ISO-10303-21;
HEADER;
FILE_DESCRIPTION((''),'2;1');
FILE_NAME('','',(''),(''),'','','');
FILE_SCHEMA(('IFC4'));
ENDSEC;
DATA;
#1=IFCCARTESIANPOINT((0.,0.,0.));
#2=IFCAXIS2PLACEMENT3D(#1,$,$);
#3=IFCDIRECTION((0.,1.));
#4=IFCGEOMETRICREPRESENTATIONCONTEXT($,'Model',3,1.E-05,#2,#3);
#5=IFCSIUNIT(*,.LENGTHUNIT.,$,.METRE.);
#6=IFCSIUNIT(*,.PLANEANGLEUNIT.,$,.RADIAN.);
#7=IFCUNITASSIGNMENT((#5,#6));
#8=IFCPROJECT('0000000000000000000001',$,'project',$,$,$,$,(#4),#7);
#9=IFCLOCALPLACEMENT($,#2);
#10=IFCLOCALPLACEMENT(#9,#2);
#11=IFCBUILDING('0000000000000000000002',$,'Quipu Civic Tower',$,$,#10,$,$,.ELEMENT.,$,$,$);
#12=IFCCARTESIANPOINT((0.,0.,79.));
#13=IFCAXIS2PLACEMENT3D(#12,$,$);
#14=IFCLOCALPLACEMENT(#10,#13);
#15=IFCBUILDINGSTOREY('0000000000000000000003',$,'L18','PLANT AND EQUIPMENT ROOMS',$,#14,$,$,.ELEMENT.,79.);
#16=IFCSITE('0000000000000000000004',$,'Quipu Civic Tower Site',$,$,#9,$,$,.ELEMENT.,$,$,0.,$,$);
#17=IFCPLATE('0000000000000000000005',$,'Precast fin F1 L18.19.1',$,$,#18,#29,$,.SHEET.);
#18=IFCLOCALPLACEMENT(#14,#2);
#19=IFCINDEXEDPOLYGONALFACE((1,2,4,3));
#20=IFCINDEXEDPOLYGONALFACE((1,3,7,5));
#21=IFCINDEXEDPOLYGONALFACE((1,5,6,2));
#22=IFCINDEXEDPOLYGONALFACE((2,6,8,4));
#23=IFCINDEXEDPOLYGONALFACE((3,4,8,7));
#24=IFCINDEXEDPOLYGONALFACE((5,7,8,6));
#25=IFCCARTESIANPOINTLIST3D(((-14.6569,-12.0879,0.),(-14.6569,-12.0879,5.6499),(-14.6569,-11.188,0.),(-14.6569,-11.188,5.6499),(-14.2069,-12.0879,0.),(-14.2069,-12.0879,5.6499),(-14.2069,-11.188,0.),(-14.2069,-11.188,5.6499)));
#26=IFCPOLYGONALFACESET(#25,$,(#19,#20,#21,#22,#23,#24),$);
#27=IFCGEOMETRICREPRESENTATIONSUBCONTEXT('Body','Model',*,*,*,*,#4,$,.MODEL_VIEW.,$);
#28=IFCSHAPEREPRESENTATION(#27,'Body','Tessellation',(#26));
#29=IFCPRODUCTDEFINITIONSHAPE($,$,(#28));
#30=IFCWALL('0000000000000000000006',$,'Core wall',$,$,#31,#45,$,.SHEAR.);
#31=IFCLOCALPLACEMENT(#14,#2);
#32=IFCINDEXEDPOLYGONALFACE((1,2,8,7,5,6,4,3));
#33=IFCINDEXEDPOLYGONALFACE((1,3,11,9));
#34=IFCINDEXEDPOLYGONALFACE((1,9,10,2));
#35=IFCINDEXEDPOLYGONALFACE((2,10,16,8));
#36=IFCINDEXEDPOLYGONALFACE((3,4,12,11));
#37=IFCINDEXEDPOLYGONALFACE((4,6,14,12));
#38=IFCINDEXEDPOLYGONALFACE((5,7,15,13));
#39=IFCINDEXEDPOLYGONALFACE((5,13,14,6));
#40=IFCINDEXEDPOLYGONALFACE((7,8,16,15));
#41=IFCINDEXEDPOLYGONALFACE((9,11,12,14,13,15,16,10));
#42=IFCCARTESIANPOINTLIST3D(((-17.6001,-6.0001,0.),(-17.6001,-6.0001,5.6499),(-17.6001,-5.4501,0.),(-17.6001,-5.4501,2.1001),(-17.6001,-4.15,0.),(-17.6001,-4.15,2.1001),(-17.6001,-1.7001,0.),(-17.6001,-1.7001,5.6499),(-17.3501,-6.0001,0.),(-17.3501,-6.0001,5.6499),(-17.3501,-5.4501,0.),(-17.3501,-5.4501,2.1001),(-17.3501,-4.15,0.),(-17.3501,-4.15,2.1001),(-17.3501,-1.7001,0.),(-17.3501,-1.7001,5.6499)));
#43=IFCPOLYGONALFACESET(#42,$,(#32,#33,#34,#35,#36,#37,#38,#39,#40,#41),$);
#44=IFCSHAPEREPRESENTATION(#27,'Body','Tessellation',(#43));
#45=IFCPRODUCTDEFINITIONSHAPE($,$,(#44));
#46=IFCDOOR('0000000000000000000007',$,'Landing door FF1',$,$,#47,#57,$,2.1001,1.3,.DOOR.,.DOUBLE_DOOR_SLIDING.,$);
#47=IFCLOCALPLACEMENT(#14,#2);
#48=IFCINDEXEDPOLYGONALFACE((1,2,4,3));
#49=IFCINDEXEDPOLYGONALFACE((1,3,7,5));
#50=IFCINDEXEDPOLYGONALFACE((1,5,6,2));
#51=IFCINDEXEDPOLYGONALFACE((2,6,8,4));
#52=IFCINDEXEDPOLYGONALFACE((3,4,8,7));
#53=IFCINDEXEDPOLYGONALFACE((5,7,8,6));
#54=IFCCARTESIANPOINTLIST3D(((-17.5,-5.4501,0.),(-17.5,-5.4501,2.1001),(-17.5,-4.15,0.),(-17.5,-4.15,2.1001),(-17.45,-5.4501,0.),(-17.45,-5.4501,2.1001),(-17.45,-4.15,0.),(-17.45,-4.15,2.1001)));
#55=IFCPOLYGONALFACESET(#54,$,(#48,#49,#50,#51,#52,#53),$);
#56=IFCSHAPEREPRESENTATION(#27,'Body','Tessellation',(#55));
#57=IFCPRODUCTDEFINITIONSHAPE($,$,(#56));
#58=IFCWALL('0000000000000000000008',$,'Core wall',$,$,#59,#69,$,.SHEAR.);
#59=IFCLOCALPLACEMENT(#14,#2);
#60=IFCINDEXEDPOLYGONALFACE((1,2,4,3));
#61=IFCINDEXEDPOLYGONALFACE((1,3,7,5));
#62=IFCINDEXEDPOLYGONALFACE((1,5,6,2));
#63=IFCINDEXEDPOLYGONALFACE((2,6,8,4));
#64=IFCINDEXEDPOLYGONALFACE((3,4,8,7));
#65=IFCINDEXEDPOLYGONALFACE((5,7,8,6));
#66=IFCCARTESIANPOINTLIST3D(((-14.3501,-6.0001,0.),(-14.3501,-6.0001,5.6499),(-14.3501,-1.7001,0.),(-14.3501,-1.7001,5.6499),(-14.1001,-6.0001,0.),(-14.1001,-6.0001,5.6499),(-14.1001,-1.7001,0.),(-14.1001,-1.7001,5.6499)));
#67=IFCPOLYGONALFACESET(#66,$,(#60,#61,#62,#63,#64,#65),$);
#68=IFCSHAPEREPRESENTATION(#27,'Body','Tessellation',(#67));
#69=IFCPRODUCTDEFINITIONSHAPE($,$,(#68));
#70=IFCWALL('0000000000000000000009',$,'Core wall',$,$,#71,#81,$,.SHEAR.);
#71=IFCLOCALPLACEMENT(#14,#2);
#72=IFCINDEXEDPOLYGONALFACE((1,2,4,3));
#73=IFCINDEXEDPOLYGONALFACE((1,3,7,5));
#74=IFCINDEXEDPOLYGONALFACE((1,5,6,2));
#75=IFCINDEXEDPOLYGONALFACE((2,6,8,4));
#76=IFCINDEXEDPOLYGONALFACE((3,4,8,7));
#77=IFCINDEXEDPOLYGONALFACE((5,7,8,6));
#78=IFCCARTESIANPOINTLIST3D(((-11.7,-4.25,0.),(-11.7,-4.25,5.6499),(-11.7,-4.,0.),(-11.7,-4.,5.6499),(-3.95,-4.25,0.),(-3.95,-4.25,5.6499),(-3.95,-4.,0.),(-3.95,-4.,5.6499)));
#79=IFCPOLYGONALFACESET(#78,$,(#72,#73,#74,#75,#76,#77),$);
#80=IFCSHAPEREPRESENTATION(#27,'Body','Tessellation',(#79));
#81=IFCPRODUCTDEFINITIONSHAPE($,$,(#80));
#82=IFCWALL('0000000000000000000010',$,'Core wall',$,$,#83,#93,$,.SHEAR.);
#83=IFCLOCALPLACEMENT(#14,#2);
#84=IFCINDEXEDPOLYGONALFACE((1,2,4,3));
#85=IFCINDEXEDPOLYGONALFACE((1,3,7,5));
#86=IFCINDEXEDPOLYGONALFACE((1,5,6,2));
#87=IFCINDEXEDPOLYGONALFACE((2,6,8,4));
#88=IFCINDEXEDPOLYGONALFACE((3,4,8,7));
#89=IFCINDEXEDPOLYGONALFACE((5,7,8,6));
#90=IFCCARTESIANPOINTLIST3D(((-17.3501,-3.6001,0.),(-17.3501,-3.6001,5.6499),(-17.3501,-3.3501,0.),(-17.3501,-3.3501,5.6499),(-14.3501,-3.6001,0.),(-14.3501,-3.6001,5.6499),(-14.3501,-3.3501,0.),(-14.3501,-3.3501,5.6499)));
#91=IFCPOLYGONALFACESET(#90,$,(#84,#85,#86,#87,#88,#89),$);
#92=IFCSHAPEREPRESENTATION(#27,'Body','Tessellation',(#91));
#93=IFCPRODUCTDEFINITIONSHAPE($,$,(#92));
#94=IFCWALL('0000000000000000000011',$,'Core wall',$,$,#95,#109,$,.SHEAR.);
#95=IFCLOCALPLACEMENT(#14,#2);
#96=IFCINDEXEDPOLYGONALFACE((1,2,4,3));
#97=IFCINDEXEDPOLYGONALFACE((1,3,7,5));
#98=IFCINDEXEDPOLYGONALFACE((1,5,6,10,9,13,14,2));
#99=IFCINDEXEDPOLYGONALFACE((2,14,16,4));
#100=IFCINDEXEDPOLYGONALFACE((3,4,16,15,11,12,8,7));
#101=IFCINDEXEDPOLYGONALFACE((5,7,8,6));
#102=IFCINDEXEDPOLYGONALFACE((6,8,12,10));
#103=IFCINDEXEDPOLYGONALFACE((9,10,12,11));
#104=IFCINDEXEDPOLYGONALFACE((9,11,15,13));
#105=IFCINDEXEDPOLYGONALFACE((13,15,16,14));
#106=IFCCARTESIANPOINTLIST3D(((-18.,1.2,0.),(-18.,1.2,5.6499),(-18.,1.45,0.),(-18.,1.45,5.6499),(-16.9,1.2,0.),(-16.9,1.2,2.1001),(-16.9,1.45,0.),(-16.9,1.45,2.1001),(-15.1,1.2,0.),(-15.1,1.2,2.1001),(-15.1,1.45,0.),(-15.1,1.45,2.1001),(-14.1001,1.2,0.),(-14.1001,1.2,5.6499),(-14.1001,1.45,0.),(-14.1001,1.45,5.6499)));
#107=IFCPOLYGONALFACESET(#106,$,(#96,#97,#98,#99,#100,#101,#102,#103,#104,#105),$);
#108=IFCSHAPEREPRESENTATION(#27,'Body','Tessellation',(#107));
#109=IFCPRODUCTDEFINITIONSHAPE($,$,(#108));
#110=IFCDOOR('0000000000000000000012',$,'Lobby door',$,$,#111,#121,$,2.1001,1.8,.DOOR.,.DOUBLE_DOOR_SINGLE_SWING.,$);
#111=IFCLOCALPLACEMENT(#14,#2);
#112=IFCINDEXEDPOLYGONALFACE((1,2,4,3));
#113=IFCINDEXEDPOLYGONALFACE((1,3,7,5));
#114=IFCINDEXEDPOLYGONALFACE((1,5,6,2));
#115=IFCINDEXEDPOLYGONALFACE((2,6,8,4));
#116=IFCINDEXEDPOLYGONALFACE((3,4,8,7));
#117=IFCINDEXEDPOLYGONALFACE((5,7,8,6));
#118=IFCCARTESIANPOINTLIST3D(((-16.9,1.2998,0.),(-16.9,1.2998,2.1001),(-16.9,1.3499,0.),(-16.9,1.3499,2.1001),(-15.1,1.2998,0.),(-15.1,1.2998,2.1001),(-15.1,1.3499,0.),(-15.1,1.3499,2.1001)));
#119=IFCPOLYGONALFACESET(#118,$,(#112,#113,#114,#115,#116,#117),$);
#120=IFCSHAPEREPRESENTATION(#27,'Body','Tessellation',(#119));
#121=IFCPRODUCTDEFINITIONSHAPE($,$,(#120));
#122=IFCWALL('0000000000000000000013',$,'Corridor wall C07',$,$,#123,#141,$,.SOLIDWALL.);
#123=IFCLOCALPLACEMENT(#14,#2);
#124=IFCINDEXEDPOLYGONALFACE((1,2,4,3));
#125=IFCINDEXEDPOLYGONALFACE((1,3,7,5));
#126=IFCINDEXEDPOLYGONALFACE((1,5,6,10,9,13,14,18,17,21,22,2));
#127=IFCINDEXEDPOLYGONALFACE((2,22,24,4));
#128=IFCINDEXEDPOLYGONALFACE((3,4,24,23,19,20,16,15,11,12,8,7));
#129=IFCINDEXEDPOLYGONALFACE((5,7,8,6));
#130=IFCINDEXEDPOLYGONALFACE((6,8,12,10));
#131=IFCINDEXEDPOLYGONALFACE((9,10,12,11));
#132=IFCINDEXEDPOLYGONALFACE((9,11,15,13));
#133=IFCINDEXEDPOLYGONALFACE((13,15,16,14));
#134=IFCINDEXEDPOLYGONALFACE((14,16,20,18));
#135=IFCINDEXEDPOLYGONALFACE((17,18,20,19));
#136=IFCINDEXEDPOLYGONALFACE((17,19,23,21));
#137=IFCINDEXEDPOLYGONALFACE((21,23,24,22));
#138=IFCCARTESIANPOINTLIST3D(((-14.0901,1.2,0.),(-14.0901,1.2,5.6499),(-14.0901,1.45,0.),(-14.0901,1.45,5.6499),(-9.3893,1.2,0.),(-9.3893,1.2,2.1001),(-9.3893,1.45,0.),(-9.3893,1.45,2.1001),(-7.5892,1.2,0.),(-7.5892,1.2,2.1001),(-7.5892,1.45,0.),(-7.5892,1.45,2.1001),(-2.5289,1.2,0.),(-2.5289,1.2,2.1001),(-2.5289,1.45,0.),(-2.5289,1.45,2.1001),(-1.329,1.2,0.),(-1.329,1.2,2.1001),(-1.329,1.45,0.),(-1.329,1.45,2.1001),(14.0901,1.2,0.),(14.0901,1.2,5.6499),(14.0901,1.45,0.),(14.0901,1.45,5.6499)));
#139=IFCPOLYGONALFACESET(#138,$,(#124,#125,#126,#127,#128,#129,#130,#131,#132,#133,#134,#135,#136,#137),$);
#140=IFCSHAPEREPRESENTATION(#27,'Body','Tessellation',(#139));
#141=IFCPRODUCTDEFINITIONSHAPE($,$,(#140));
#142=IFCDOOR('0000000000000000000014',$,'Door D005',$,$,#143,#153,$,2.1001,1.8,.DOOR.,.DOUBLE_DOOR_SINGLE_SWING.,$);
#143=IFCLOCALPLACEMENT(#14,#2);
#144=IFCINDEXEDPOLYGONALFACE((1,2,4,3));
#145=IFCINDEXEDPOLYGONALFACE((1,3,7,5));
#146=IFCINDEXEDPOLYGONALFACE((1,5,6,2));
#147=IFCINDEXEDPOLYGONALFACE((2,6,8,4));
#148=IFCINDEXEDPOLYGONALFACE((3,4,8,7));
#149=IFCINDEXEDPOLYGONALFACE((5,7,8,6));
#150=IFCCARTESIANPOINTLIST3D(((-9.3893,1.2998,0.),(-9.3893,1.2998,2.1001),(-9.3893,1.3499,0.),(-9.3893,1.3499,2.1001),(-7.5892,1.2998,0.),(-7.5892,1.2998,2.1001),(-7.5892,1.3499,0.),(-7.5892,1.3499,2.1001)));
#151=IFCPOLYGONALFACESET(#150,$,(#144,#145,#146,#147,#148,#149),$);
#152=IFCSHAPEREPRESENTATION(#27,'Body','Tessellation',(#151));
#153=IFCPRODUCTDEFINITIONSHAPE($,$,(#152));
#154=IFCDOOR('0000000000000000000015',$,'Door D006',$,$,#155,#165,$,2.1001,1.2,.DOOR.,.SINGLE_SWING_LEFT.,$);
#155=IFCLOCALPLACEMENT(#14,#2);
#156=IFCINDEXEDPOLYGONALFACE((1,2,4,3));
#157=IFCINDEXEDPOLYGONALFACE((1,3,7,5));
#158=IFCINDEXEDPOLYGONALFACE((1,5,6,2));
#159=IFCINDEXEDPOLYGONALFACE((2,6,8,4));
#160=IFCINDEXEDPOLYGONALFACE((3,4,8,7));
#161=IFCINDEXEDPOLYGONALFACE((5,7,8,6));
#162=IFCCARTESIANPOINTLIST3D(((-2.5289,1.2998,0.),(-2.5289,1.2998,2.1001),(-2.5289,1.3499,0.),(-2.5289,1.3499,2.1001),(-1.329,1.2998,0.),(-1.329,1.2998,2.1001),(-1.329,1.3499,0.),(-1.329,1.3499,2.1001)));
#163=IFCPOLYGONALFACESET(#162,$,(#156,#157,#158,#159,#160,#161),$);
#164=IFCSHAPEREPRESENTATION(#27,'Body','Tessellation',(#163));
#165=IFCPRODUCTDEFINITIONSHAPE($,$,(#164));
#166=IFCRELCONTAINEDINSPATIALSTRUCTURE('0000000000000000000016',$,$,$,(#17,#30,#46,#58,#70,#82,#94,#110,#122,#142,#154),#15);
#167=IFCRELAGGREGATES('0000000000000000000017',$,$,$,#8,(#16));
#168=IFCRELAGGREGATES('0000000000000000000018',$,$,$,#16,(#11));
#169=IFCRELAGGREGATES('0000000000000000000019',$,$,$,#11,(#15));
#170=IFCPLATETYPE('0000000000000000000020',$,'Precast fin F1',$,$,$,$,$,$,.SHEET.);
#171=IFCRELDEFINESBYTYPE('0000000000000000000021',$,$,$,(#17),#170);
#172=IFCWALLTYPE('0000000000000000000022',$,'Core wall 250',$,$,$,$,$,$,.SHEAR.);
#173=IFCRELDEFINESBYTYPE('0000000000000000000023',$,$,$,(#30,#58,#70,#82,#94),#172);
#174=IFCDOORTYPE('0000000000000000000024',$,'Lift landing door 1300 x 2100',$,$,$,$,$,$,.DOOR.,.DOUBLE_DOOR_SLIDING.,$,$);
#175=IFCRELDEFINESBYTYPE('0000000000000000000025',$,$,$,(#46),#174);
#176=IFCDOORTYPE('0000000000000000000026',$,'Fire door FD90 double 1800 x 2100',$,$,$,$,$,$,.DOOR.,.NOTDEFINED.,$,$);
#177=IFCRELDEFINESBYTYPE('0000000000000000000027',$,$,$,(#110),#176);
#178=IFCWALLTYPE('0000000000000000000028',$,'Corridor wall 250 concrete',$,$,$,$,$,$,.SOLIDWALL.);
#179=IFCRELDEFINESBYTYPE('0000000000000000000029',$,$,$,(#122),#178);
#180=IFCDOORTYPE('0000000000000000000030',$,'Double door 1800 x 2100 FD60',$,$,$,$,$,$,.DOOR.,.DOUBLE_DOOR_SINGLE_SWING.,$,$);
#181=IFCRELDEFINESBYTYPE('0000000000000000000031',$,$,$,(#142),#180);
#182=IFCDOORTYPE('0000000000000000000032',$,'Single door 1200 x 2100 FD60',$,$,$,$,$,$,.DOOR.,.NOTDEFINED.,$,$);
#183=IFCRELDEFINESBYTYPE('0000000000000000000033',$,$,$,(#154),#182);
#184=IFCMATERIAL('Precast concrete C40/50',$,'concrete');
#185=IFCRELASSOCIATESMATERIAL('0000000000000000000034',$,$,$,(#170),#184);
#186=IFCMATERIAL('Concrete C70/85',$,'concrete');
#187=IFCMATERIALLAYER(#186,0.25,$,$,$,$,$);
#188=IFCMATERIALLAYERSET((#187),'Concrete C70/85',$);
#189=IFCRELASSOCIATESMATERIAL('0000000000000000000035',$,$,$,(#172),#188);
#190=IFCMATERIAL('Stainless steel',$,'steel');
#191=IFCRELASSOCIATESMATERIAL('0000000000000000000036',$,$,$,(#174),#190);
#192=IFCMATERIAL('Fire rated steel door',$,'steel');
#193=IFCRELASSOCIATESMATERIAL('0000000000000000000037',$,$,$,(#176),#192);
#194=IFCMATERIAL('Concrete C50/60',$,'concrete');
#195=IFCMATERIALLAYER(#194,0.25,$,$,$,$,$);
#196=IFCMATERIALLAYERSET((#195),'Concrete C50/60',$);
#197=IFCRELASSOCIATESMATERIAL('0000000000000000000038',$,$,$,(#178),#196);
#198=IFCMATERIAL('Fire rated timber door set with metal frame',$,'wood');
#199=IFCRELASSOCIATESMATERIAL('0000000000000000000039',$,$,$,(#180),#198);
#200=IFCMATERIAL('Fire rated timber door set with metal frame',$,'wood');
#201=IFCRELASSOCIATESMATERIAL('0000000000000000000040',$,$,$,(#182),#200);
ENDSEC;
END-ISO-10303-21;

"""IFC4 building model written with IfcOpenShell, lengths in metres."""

from ifc_helpers import new_model, si_unit, direction, frame, frame_2d, origin, origin_2d, place, context, subcontext, project, spatial, rectangle, extrude, material, layer, layer_set, type_object, element, fill, save


model = new_model("IFC4")

# Units and contexts
model_context = context("Model", 3, precision=1e-05, world=origin(), true_north=direction((0.0, 1.0)))
body_context = subcontext(model_context, "Body", "Model", "MODEL_VIEW")
ifc_project = project(units=[si_unit("LENGTHUNIT", "METRE"), si_unit("PLANEANGLEUNIT", "RADIAN")], contexts=[model_context])

# Site, building, storey
site_placement = place(None, origin())
site = spatial("IfcSite", under=ifc_project, at=site_placement, Name="Quipu Civic Tower Site", CompositionType="ELEMENT", RefElevation=0.0)
building_placement = place(site_placement, origin())
building = spatial("IfcBuilding", under=site, at=building_placement, Name="Quipu Civic Tower", CompositionType="ELEMENT")
storey_placement = place(building_placement, frame((0.0, 0.0, 79.0)))
storey = spatial("IfcBuildingStorey", under=building, at=storey_placement, Name="L18", Description="PLANT AND EQUIPMENT ROOMS", CompositionType="ELEMENT", Elevation=79.0)

# Plate
ifc_material_1 = material(Name="Precast concrete C40/50", Category="concrete")
plate_type = type_object("IfcPlateType", Name="Precast fin F1", PredefinedType="SHEET", material=ifc_material_1)
plate_placement = place(storey_placement, frame((-14.4319, -11.6379, 0.0), z_axis=(0.0, 0.0, 1.0), x_axis=(1.0, 0.0, 0.0)))
element("IfcPlate", 1, at=plate_placement, inside=storey, type_object=plate_type, Name="Precast fin F1 L18.19.1", PredefinedType="SHEET", context=body_context, shape_type="SweptSolid", body=[
    extrude(rectangle(XDim=0.45, YDim=0.8999, at=origin_2d()), origin(), (0.0, 0.0, 1.0), 5.6499),
])

# Wall, opening, door
ifc_material_2 = material(Name="Concrete C70/85", Category="concrete")
ifc_layer_1 = layer(ifc_material_2, 0.25)
ifc_layer_set_1 = layer_set([ifc_layer_1], Name="Concrete C70/85")
wall_type_1 = type_object("IfcWallType", Name="Core wall 250", PredefinedType="SHEAR", material=ifc_layer_set_1)
wall_1_placement = place(storey_placement, frame((-17.4751, -6.0, 0.0), z_axis=(0.0, 0.0, 1.0), x_axis=(0.0, 1.0, 0.0)))
wall_1 = element("IfcWall", 2, at=wall_1_placement, inside=storey, type_object=wall_type_1, Name="Core wall", PredefinedType="SHEAR", context=body_context, shape_type="SweptSolid", body=[
    extrude(rectangle(XDim=4.3, YDim=0.25, at=frame_2d((2.1499, 0.0))), origin(), (0.0, 0.0, 1.0), 5.6499),
])
opening_1_placement = place(wall_1_placement, frame((0.55, 0.0, 0.0)))
opening_1 = element("IfcOpeningElement", 3, at=opening_1_placement, cuts=wall_1, PredefinedType="OPENING", context=body_context, shape_type="SweptSolid", body=[
    extrude(rectangle(XDim=1.3, YDim=2.1001, at=frame_2d((0.6499, 1.05))), frame((0.0, 0.135, 0.0), z_axis=(0.0, -1.0, 0.0), x_axis=(1.0, 0.0, 0.0)), (0.0, 0.0, 1.0), 0.27),
])
ifc_material_3 = material(Name="Stainless steel", Category="steel")
door_type_1 = type_object("IfcDoorType", Name="Lift landing door 1300 x 2100", OperationType="DOUBLE_DOOR_SLIDING", PredefinedType="DOOR", material=ifc_material_3)
door_1_placement = place(opening_1_placement, origin())
door_1 = element("IfcDoor", 4, at=door_1_placement, inside=storey, type_object=door_type_1, Name="Landing door FF1", OperationType="DOUBLE_DOOR_SLIDING", OverallHeight=2.1001, OverallWidth=1.3, PredefinedType="DOOR", context=body_context, shape_type="SweptSolid", body=[
    extrude(rectangle(XDim=1.3, YDim=2.1001, at=frame_2d((0.6499, 1.05))), frame((0.0, 0.0249, 0.0), z_axis=(0.0, -1.0, 0.0), x_axis=(1.0, 0.0, 0.0)), (0.0, 0.0, 1.0), 0.05),
])
fill(opening_1, door_1)

# Walls
wall_2_placement = place(storey_placement, frame((-14.2251, -6.0, 0.0), z_axis=(0.0, 0.0, 1.0), x_axis=(0.0, 1.0, 0.0)))
element("IfcWall", 5, at=wall_2_placement, inside=storey, type_object=wall_type_1, Name="Core wall", PredefinedType="SHEAR", context=body_context, shape_type="SweptSolid", body=[
    extrude(rectangle(XDim=4.3, YDim=0.25, at=frame_2d((2.1499, 0.0))), origin(), (0.0, 0.0, 1.0), 5.6499),
])
wall_3_placement = place(storey_placement, frame((-11.7, -4.125, 0.0), z_axis=(0.0, 0.0, 1.0), x_axis=(1.0, 0.0, 0.0)))
element("IfcWall", 6, at=wall_3_placement, inside=storey, type_object=wall_type_1, Name="Core wall", PredefinedType="SHEAR", context=body_context, shape_type="SweptSolid", body=[
    extrude(rectangle(XDim=7.75, YDim=0.25, at=frame_2d((3.875, 0.0))), origin(), (0.0, 0.0, 1.0), 5.6499),
])
wall_4_placement = place(storey_placement, frame((-17.3501, -3.4751, 0.0), z_axis=(0.0, 0.0, 1.0), x_axis=(1.0, 0.0, 0.0)))
element("IfcWall", 7, at=wall_4_placement, inside=storey, type_object=wall_type_1, Name="Core wall", PredefinedType="SHEAR", context=body_context, shape_type="SweptSolid", body=[
    extrude(rectangle(XDim=3.0, YDim=0.25, at=frame_2d((1.5, 0.0))), origin(), (0.0, 0.0, 1.0), 5.6499),
])

# Wall, opening, door
wall_5_placement = place(storey_placement, frame((-18.0, 1.325, 0.0), z_axis=(0.0, 0.0, 1.0), x_axis=(1.0, 0.0, 0.0)))
wall_5 = element("IfcWall", 8, at=wall_5_placement, inside=storey, type_object=wall_type_1, Name="Core wall", PredefinedType="SHEAR", context=body_context, shape_type="SweptSolid", body=[
    extrude(rectangle(XDim=3.8999, YDim=0.25, at=frame_2d((1.95, 0.0))), origin(), (0.0, 0.0, 1.0), 5.6499),
])
opening_2_placement = place(wall_5_placement, frame((1.1001, 0.0, 0.0)))
opening_2 = element("IfcOpeningElement", 9, at=opening_2_placement, cuts=wall_5, PredefinedType="OPENING", context=body_context, shape_type="SweptSolid", body=[
    extrude(rectangle(XDim=1.8, YDim=2.1001, at=frame_2d((0.8999, 1.05))), frame((0.0, 0.135, 0.0), z_axis=(0.0, -1.0, 0.0), x_axis=(1.0, 0.0, 0.0)), (0.0, 0.0, 1.0), 0.27),
])
ifc_material_4 = material(Name="Fire rated steel door", Category="steel")
door_type_2 = type_object("IfcDoorType", Name="Fire door FD90 double 1800 x 2100", OperationType="NOTDEFINED", PredefinedType="DOOR", material=ifc_material_4)
door_2_placement = place(opening_2_placement, origin())
door_2 = element("IfcDoor", 10, at=door_2_placement, inside=storey, type_object=door_type_2, Name="Lobby door", OperationType="DOUBLE_DOOR_SINGLE_SWING", OverallHeight=2.1001, OverallWidth=1.8, PredefinedType="DOOR", context=body_context, shape_type="SweptSolid", body=[
    extrude(rectangle(XDim=1.8, YDim=2.1001, at=frame_2d((0.8999, 1.05))), frame((0.0, 0.0249, 0.0), z_axis=(0.0, -1.0, 0.0), x_axis=(1.0, 0.0, 0.0)), (0.0, 0.0, 1.0), 0.05),
])
fill(opening_2, door_2)

# Wall, openings, doors
ifc_material_5 = material(Name="Concrete C50/60", Category="concrete")
ifc_layer_2 = layer(ifc_material_5, 0.25)
ifc_layer_set_2 = layer_set([ifc_layer_2], Name="Concrete C50/60")
wall_type_2 = type_object("IfcWallType", Name="Corridor wall 250 concrete", PredefinedType="SOLIDWALL", material=ifc_layer_set_2)
wall_6_placement = place(storey_placement, frame((-14.0901, 1.325, 0.0), z_axis=(0.0, 0.0, 1.0), x_axis=(1.0, 0.0, 0.0)))
wall_6 = element("IfcWall", 11, at=wall_6_placement, inside=storey, type_object=wall_type_2, Name="Corridor wall C07", PredefinedType="SOLIDWALL", context=body_context, shape_type="SweptSolid", body=[
    extrude(rectangle(XDim=28.1802, YDim=0.25, at=frame_2d((14.0901, 0.0))), origin(), (0.0, 0.0, 1.0), 5.6499),
])
opening_3_placement = place(wall_6_placement, frame((11.561, 0.0, 0.0)))
opening_3 = element("IfcOpeningElement", 12, at=opening_3_placement, cuts=wall_6, PredefinedType="OPENING", context=body_context, shape_type="SweptSolid", body=[
    extrude(rectangle(XDim=1.2, YDim=2.1001, at=frame_2d((0.6001, 1.05))), frame((0.0, 0.135, 0.0), z_axis=(0.0, -1.0, 0.0), x_axis=(1.0, 0.0, 0.0)), (0.0, 0.0, 1.0), 0.27),
])
opening_4_placement = place(wall_6_placement, frame((4.7009, 0.0, 0.0)))
opening_4 = element("IfcOpeningElement", 13, at=opening_4_placement, cuts=wall_6, PredefinedType="OPENING", context=body_context, shape_type="SweptSolid", body=[
    extrude(rectangle(XDim=1.8, YDim=2.1001, at=frame_2d((0.8999, 1.05))), frame((0.0, 0.135, 0.0), z_axis=(0.0, -1.0, 0.0), x_axis=(1.0, 0.0, 0.0)), (0.0, 0.0, 1.0), 0.27),
])
ifc_material_6 = material(Name="Fire rated timber door set with metal frame", Category="wood")
door_type_3 = type_object("IfcDoorType", Name="Double door 1800 x 2100 FD60", OperationType="DOUBLE_DOOR_SINGLE_SWING", PredefinedType="DOOR", material=ifc_material_6)
door_3_placement = place(opening_4_placement, origin())
door_3 = element("IfcDoor", 14, at=door_3_placement, inside=storey, type_object=door_type_3, Name="Door D005", OperationType="DOUBLE_DOOR_SINGLE_SWING", OverallHeight=2.1001, OverallWidth=1.8, PredefinedType="DOOR", context=body_context, shape_type="SweptSolid", body=[
    extrude(rectangle(XDim=1.8, YDim=2.1001, at=frame_2d((0.8999, 1.05))), frame((0.0, 0.0249, 0.0), z_axis=(0.0, -1.0, 0.0), x_axis=(1.0, 0.0, 0.0)), (0.0, 0.0, 1.0), 0.05),
])
fill(opening_4, door_3)
ifc_material_7 = material(Name="Fire rated timber door set with metal frame", Category="wood")
door_type_4 = type_object("IfcDoorType", Name="Single door 1200 x 2100 FD60", OperationType="NOTDEFINED", PredefinedType="DOOR", material=ifc_material_7)
door_4_placement = place(opening_3_placement, origin())
door_4 = element("IfcDoor", 15, at=door_4_placement, inside=storey, type_object=door_type_4, Name="Door D006", OperationType="SINGLE_SWING_LEFT", OverallHeight=2.1001, OverallWidth=1.2, PredefinedType="DOOR", context=body_context, shape_type="SweptSolid", body=[
    extrude(rectangle(XDim=1.2, YDim=2.1001, at=frame_2d((0.6001, 1.05))), frame((0.0, 0.0249, 0.0), z_axis=(0.0, -1.0, 0.0), x_axis=(1.0, 0.0, 0.0)), (0.0, 0.0, 1.0), 0.05),
])
fill(opening_3, door_4)

save(model, "model.ifc")
